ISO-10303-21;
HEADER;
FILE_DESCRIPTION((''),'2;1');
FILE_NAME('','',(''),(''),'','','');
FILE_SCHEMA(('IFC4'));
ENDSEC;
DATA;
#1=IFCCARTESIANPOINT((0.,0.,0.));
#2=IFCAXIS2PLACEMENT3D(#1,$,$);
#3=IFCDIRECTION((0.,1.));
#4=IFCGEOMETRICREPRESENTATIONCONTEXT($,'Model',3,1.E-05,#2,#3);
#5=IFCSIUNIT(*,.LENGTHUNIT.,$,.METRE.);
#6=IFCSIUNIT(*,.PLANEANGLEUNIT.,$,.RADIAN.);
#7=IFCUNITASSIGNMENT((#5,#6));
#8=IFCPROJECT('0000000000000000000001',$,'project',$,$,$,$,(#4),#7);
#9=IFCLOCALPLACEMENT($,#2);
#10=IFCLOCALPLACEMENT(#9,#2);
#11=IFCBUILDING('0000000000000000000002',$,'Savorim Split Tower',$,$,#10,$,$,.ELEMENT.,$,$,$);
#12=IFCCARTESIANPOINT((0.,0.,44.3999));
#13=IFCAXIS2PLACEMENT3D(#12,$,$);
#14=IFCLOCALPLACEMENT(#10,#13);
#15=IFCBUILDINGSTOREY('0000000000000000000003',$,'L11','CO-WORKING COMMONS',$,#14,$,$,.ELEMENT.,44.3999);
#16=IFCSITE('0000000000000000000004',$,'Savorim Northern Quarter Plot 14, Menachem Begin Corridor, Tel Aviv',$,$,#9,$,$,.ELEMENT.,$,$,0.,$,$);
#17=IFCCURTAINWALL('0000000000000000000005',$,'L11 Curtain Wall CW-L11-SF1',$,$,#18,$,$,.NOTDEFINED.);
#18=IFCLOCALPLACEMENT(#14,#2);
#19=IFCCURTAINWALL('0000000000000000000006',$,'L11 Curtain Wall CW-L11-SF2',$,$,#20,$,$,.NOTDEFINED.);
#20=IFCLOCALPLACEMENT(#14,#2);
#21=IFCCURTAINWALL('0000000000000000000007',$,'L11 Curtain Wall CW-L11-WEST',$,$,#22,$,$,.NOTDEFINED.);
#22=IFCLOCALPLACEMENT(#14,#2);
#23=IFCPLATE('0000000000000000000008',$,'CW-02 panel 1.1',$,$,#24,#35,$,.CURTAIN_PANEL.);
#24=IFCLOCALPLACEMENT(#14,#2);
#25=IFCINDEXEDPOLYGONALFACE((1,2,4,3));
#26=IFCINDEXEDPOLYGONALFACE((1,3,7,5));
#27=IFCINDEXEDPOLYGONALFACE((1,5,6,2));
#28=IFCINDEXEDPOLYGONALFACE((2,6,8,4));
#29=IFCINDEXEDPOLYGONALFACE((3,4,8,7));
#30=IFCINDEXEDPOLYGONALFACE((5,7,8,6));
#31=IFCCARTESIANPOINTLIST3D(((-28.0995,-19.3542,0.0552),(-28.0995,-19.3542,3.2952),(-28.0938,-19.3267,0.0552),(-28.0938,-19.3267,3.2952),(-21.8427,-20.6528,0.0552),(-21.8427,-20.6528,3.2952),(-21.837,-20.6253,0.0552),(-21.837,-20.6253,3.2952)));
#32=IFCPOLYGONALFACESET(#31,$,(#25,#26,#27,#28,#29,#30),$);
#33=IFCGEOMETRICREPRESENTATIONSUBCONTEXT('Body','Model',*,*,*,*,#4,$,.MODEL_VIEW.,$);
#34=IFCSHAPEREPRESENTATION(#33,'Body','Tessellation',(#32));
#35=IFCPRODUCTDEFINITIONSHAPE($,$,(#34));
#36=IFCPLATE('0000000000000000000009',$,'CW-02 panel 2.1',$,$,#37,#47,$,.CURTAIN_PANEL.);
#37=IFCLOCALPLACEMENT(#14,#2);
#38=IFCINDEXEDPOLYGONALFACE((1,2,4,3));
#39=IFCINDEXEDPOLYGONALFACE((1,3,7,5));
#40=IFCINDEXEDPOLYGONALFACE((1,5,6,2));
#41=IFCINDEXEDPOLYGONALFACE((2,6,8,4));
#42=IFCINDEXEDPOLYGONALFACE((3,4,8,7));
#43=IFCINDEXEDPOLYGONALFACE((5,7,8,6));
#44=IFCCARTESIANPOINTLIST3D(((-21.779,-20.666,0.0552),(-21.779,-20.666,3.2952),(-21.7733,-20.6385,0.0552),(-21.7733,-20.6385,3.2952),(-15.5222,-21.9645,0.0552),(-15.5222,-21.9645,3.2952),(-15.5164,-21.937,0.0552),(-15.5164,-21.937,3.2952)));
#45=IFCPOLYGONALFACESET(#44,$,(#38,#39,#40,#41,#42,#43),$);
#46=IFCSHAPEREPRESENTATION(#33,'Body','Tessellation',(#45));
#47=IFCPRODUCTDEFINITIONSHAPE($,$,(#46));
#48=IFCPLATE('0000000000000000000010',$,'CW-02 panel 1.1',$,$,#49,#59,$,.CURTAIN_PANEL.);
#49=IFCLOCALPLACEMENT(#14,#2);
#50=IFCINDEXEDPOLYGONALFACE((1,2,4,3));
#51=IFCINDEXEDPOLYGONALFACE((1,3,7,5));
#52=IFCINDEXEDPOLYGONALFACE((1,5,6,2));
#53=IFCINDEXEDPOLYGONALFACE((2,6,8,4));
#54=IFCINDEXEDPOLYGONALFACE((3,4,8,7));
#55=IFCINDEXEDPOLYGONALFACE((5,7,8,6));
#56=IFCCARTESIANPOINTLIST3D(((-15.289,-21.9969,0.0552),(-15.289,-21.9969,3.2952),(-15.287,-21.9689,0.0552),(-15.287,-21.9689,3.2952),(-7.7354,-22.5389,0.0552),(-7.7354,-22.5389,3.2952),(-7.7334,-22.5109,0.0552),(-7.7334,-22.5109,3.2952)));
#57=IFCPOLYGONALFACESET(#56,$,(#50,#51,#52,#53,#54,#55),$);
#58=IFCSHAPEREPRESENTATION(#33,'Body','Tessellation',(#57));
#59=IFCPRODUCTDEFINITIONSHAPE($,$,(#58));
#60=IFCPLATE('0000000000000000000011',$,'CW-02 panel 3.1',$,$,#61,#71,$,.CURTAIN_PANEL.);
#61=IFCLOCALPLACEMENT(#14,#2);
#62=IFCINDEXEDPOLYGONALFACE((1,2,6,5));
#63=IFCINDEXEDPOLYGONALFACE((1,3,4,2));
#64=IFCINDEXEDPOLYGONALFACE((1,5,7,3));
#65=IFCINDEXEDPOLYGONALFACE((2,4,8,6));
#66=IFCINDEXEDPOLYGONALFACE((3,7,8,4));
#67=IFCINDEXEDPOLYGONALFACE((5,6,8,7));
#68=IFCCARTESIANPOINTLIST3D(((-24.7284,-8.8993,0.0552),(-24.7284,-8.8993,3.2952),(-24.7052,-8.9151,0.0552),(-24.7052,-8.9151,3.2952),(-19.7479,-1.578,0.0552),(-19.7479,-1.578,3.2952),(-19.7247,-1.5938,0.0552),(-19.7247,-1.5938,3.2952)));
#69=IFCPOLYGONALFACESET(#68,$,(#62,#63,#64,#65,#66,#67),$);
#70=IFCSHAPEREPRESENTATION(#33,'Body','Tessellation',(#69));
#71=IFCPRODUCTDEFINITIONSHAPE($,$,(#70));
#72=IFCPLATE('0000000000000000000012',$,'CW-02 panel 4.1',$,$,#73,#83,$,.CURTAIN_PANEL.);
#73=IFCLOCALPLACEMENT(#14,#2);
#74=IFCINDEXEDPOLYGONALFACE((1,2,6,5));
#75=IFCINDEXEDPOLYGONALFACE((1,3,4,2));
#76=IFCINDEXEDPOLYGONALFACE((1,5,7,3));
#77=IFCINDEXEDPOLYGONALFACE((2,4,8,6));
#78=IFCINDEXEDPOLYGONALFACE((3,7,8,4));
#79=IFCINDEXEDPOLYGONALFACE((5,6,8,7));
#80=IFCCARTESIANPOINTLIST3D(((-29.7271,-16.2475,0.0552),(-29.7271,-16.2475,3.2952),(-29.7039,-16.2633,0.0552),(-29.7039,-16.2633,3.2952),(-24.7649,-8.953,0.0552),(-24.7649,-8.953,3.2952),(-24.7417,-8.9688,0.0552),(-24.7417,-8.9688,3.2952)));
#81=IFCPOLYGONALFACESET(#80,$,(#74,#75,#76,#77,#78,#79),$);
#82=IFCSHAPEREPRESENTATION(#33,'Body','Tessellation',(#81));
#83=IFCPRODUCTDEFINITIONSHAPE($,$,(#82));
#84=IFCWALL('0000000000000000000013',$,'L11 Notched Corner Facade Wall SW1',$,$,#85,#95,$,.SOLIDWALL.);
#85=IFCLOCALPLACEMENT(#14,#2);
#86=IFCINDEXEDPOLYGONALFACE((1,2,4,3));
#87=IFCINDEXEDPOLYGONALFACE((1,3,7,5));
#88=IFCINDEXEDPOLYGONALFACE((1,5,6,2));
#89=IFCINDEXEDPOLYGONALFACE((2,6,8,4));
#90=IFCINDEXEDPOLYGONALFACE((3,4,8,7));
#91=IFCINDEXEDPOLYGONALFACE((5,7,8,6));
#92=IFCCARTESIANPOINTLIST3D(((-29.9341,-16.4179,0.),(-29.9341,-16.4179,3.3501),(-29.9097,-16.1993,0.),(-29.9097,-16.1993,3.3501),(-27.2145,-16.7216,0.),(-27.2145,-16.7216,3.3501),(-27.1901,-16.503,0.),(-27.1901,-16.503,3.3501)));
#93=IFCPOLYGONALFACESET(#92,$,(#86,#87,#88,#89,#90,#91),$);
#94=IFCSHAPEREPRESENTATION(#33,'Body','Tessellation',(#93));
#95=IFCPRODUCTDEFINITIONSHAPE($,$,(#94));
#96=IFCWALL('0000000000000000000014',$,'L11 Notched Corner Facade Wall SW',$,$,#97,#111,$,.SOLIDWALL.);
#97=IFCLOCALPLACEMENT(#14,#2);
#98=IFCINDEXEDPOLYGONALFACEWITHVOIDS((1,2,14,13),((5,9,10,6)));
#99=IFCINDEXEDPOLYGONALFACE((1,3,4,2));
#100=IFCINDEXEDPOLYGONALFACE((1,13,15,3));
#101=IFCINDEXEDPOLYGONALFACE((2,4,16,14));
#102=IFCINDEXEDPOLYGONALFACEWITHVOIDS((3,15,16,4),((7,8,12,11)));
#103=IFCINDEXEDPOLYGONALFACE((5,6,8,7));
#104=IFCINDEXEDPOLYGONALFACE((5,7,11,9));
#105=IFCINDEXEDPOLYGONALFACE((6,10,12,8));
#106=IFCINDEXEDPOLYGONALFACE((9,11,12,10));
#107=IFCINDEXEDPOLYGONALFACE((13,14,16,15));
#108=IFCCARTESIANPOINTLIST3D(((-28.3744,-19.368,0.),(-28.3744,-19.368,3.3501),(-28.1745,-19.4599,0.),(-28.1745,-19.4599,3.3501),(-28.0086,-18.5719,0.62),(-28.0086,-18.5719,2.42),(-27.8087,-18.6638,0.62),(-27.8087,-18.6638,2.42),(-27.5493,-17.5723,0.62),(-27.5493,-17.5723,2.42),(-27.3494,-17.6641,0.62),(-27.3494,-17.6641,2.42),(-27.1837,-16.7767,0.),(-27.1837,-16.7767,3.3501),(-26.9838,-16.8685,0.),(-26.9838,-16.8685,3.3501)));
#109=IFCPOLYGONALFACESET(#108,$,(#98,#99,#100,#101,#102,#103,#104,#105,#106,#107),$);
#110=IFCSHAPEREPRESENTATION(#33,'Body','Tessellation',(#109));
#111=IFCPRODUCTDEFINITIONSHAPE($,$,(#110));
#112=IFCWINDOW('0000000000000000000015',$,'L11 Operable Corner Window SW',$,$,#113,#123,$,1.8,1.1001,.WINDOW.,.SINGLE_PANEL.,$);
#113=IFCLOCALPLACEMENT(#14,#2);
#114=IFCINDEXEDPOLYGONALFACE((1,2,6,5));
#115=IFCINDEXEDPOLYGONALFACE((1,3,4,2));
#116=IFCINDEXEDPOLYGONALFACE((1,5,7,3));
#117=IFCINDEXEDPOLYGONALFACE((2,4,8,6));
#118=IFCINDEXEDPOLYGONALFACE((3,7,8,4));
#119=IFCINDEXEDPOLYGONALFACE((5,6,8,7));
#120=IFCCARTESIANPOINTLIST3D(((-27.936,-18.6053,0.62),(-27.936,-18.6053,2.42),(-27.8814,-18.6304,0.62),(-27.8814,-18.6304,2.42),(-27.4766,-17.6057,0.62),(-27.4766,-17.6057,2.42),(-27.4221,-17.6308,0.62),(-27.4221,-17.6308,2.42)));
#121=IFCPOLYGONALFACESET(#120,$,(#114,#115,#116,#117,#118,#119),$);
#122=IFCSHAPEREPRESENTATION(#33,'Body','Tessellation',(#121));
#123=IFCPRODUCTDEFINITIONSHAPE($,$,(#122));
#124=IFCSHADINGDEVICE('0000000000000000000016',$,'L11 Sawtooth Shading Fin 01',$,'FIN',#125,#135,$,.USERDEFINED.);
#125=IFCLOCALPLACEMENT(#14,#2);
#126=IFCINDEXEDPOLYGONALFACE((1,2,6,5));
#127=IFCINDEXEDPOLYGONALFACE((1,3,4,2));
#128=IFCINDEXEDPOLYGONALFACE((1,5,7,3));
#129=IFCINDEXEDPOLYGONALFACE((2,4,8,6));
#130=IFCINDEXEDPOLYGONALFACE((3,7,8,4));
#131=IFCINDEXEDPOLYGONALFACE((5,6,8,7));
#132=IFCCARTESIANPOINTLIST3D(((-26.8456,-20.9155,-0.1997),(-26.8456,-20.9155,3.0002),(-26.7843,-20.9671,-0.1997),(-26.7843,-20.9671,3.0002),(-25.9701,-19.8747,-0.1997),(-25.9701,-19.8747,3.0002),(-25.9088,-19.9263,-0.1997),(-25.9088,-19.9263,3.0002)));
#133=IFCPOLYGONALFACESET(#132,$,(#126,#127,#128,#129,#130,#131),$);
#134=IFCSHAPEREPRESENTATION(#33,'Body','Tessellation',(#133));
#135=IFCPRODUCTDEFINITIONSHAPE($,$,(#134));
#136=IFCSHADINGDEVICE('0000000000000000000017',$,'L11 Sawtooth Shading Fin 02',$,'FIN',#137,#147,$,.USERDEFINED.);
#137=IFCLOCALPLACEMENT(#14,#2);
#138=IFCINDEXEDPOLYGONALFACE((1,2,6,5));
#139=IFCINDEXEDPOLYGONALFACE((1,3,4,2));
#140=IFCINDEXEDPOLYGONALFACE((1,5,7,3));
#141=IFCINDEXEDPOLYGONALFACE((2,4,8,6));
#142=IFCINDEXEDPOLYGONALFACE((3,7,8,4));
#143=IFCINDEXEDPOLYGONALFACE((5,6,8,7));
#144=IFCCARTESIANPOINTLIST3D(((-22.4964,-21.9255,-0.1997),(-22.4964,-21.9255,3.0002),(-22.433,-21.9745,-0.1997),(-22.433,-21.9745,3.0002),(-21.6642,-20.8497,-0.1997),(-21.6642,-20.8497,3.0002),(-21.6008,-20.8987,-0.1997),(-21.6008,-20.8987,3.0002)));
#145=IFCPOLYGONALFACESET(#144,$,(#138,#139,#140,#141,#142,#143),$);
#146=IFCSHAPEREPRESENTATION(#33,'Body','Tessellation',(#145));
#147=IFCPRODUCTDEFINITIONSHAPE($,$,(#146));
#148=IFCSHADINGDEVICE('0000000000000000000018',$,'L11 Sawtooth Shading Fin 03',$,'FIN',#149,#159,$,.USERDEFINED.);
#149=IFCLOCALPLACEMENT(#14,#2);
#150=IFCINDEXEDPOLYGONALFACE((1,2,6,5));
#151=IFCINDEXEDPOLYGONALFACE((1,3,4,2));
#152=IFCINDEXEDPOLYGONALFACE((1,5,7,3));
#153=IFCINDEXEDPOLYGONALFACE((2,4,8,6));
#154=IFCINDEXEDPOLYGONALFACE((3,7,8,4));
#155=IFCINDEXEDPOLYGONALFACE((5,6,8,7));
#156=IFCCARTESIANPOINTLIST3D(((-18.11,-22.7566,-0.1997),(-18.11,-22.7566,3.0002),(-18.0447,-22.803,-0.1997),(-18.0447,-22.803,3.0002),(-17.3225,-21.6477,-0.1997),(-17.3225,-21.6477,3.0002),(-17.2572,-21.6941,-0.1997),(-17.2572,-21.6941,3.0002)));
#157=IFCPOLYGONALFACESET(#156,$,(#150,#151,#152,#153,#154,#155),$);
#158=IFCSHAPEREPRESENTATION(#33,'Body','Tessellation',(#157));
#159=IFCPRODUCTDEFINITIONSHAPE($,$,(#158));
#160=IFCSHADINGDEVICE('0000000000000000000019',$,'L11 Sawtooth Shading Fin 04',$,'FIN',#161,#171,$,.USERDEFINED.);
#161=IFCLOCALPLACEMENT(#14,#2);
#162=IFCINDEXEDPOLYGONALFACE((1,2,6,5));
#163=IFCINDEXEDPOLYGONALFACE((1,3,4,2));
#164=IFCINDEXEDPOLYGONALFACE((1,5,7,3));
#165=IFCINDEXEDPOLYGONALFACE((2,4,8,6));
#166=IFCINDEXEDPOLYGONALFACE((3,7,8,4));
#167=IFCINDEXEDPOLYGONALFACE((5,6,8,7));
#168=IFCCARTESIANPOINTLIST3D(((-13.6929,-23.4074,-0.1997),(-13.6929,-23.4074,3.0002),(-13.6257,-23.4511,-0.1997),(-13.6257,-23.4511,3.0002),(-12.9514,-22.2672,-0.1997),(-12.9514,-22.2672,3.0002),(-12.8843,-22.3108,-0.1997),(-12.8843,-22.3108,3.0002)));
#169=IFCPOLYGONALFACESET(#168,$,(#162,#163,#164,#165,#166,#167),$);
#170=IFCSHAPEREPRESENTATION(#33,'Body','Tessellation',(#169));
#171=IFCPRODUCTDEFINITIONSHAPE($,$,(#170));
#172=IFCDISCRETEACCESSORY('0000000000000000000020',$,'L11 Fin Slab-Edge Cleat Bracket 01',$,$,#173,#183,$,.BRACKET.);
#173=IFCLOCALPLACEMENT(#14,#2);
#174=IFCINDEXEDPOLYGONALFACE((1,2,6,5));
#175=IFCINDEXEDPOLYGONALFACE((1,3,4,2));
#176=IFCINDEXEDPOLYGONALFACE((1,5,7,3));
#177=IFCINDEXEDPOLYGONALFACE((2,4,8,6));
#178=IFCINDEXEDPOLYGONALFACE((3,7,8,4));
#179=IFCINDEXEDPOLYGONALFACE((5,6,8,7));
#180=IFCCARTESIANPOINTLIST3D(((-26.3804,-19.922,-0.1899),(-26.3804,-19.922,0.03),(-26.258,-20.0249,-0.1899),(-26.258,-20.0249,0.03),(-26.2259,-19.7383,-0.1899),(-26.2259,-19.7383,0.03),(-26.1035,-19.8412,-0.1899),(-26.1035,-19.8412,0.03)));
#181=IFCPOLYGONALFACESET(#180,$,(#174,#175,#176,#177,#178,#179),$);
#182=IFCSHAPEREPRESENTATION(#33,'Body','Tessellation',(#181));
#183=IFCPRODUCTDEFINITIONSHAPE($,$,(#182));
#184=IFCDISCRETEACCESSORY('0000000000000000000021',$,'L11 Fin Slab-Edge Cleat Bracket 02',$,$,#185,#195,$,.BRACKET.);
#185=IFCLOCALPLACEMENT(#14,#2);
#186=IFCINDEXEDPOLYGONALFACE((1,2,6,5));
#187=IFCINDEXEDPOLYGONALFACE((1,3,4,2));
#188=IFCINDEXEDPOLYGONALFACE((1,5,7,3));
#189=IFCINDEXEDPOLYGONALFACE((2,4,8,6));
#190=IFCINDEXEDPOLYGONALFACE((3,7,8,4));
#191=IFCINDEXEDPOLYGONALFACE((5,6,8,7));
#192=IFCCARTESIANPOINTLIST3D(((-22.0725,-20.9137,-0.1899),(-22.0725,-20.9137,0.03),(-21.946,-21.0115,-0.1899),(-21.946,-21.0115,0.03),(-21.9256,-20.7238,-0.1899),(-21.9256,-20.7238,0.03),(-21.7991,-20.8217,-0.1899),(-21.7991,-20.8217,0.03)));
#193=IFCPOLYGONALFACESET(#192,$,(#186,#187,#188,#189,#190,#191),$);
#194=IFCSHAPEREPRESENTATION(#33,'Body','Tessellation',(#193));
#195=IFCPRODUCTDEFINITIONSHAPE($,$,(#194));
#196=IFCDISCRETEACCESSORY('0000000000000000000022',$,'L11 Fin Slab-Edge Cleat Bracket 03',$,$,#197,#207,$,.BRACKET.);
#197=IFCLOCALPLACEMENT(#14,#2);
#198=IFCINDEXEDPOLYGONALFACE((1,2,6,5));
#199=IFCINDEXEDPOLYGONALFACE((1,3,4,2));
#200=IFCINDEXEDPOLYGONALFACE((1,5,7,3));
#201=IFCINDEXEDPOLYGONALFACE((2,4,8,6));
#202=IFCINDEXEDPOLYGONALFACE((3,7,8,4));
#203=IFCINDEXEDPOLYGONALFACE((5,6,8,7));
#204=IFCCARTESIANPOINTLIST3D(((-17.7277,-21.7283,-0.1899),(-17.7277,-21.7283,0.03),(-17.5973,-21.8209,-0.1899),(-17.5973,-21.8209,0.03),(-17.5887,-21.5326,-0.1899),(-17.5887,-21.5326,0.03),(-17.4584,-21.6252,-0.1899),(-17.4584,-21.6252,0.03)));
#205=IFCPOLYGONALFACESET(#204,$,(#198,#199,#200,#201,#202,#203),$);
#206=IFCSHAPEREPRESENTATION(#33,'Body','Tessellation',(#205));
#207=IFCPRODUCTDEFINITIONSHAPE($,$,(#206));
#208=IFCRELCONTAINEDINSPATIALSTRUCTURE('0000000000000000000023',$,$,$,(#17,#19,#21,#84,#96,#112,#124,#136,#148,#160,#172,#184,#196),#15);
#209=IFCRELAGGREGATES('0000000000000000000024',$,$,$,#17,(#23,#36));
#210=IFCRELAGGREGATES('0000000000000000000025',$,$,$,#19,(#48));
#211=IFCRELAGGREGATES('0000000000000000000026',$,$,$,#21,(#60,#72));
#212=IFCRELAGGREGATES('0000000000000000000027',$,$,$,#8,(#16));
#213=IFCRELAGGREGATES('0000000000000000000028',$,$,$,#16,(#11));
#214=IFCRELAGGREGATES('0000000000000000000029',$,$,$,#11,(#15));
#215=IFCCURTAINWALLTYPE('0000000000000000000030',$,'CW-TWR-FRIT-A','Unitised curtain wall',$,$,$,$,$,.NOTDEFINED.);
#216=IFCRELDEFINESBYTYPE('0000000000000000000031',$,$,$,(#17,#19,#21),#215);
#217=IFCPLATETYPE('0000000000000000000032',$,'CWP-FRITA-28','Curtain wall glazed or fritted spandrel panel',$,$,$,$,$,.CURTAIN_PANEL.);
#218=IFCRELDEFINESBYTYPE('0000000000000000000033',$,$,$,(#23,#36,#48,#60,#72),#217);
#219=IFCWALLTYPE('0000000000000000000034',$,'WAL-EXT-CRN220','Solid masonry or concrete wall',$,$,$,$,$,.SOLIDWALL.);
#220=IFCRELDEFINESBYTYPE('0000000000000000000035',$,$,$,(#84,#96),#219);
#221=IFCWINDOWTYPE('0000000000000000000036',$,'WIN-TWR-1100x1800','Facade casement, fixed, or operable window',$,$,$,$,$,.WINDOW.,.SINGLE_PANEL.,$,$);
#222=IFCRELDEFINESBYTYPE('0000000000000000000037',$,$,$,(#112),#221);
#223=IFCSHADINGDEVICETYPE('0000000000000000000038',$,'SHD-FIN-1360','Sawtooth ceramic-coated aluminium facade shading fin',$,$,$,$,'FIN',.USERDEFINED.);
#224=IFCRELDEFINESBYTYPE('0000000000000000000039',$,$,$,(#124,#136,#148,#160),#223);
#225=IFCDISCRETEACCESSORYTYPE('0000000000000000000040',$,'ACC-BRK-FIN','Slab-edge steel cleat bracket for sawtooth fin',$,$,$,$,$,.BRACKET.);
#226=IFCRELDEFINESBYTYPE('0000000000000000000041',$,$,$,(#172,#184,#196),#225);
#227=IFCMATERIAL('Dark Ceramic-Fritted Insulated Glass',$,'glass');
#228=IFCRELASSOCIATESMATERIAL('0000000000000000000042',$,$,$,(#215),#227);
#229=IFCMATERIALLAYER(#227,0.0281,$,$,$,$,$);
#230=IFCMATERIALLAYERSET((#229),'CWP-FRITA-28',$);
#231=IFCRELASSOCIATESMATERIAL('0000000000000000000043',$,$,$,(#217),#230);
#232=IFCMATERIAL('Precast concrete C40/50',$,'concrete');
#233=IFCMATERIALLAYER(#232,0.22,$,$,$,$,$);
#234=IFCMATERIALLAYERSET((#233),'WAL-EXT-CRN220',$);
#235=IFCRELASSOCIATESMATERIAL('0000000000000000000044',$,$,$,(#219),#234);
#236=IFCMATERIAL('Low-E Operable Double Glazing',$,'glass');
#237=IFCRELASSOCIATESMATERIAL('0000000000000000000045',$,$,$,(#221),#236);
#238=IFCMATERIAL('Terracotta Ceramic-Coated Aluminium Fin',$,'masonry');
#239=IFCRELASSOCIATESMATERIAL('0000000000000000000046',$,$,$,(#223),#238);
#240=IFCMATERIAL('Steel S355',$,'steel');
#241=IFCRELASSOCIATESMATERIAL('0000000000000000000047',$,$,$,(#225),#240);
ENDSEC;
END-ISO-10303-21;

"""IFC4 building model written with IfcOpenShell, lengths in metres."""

from ifc_helpers import new_model, si_unit, direction, frame, frame_2d, origin, origin_2d, place, context, subcontext, project, spatial, rectangle, extrude, material, layer, layer_set, type_object, element, fill, aggregate, save


model = new_model("IFC4")

# Units and contexts
model_context = context("Model", 3, precision=1e-05, world=origin(), true_north=direction((0.0, 1.0)))
body_context = subcontext(model_context, "Body", "Model", "MODEL_VIEW")
ifc_project = project(units=[si_unit("LENGTHUNIT", "METRE"), si_unit("PLANEANGLEUNIT", "RADIAN")], contexts=[model_context])

# Site, building, storey
site_placement = place(None, origin())
site = spatial("IfcSite", under=ifc_project, at=site_placement, Name="Savorim Northern Quarter Plot 14, Menachem Begin Corridor, Tel Aviv", CompositionType="ELEMENT", RefElevation=0.0)
building_placement = place(site_placement, origin())
building = spatial("IfcBuilding", under=site, at=building_placement, Name="Savorim Split Tower", CompositionType="ELEMENT")
storey_placement = place(building_placement, frame((0.0, 0.0, 44.3999)))
storey = spatial("IfcBuildingStorey", under=building, at=storey_placement, Name="L11", Description="CO-WORKING COMMONS", CompositionType="ELEMENT", Elevation=44.3999)

# Shared definitions
ifc_material_1 = material(Name="Steel S355", Category="steel")

# Curtain wall
ifc_material_2 = material(Name="Dark Ceramic-Fritted Insulated Glass", Category="glass")
curtain_wall_type = type_object("IfcCurtainWallType", Name="CW-TWR-FRIT-A", Description="Unitised curtain wall", PredefinedType="NOTDEFINED", material=ifc_material_2)
curtain_wall_1_placement = place(storey_placement, origin())
curtain_wall_1 = element("IfcCurtainWall", 1, at=curtain_wall_1_placement, inside=storey, type_object=curtain_wall_type, Name="L11 Curtain Wall CW-L11-SF1", PredefinedType="NOTDEFINED")

# Curtain wall
curtain_wall_2_placement = place(storey_placement, origin())
curtain_wall_2 = element("IfcCurtainWall", 2, at=curtain_wall_2_placement, inside=storey, type_object=curtain_wall_type, Name="L11 Curtain Wall CW-L11-SF2", PredefinedType="NOTDEFINED")

# Curtain wall
curtain_wall_3_placement = place(storey_placement, origin())
curtain_wall_3 = element("IfcCurtainWall", 3, at=curtain_wall_3_placement, inside=storey, type_object=curtain_wall_type, Name="L11 Curtain Wall CW-L11-WEST", PredefinedType="NOTDEFINED")

# Plates
ifc_layer_1 = layer(ifc_material_2, 0.0281)
ifc_layer_set_1 = layer_set([ifc_layer_1], Name="CWP-FRITA-28")
plate_type = type_object("IfcPlateType", Name="CWP-FRITA-28", Description="Curtain wall glazed or fritted spandrel panel", PredefinedType="CURTAIN_PANEL", material=ifc_layer_set_1)
plate_1_placement = place(storey_placement, frame((-24.9683, -19.9897, 0.0552), z_axis=(0.0, 0.0, 1.0), x_axis=(0.979135, -0.20321, 0.0)))
plate_1 = element("IfcPlate", 4, at=plate_1_placement, type_object=plate_type, Name="CW-02 panel 1.1", PredefinedType="CURTAIN_PANEL", context=body_context, shape_type="SweptSolid", body=[
    extrude(rectangle(XDim=6.3901, YDim=0.0281, at=origin_2d()), origin(), (0.0, 0.0, 1.0), 3.24),
])
plate_2_placement = place(storey_placement, frame((-18.6477, -21.3015, 0.0552), z_axis=(0.0, 0.0, 1.0), x_axis=(0.979135, -0.20321, 0.0)))
plate_2 = element("IfcPlate", 5, at=plate_2_placement, type_object=plate_type, Name="CW-02 panel 2.1", PredefinedType="CURTAIN_PANEL", context=body_context, shape_type="SweptSolid", body=[
    extrude(rectangle(XDim=6.3901, YDim=0.0281, at=origin_2d()), origin(), (0.0, 0.0, 1.0), 3.24),
])
aggregate(curtain_wall_1, [plate_1, plate_2])
plate_3_placement = place(storey_placement, frame((-11.5112, -22.2539, 0.0552), z_axis=(0.0, 0.0, 1.0), x_axis=(0.997436, -0.07156, 0.0)))
plate_3 = element("IfcPlate", 6, at=plate_3_placement, type_object=plate_type, Name="CW-02 panel 1.1", PredefinedType="CURTAIN_PANEL", context=body_context, shape_type="SweptSolid", body=[
    extrude(rectangle(XDim=7.573, YDim=0.0281, at=origin_2d()), origin(), (0.0, 0.0, 1.0), 3.24),
])
aggregate(curtain_wall_2, [plate_3])
plate_4_placement = place(storey_placement, frame((-22.2266, -5.2466, 0.0552), z_axis=(0.0, 0.0, 1.0), x_axis=(-0.562465, -0.826821, 0.0)))
plate_4 = element("IfcPlate", 7, at=plate_4_placement, type_object=plate_type, Name="CW-02 panel 3.1", PredefinedType="CURTAIN_PANEL", context=body_context, shape_type="SweptSolid", body=[
    extrude(rectangle(XDim=8.8547, YDim=0.0281, at=origin_2d()), origin(), (0.0, 0.0, 1.0), 3.24),
])
plate_5_placement = place(storey_placement, frame((-27.2344, -12.6082, 0.0552), z_axis=(0.0, 0.0, 1.0), x_axis=(-0.562465, -0.826821, 0.0)))
plate_5 = element("IfcPlate", 8, at=plate_5_placement, type_object=plate_type, Name="CW-02 panel 4.1", PredefinedType="CURTAIN_PANEL", context=body_context, shape_type="SweptSolid", body=[
    extrude(rectangle(XDim=8.8223, YDim=0.0281, at=origin_2d()), origin(), (0.0, 0.0, 1.0), 3.24),
])
aggregate(curtain_wall_3, [plate_4, plate_5])

# Wall
ifc_material_3 = material(Name="Precast concrete C40/50", Category="concrete")
ifc_layer_2 = layer(ifc_material_3, 0.22)
ifc_layer_set_2 = layer_set([ifc_layer_2], Name="WAL-EXT-CRN220")
wall_type = type_object("IfcWallType", Name="WAL-EXT-CRN220", Description="Solid masonry or concrete wall", PredefinedType="SOLIDWALL", material=ifc_layer_set_2)
wall_1_placement = place(storey_placement, frame((-27.2024, -16.6123, 0.0), z_axis=(0.0, 0.0, 1.0), x_axis=(-0.993823, 0.11098, 0.0)))
element("IfcWall", 9, at=wall_1_placement, inside=storey, type_object=wall_type, Name="L11 Notched Corner Facade Wall SW1", PredefinedType="SOLIDWALL", context=body_context, shape_type="SweptSolid", body=[
    extrude(rectangle(XDim=2.7366, YDim=0.22, at=frame_2d((1.3682, 0.0))), origin(), (0.0, 0.0, 1.0), 3.3501),
])

# Wall, opening, window
wall_2_placement = place(storey_placement, frame((-28.2744, -19.4138, 0.0), z_axis=(0.0, 0.0, 1.0), x_axis=(0.417521, 0.908667, 0.0)))
wall_2 = element("IfcWall", 10, at=wall_2_placement, inside=storey, type_object=wall_type, Name="L11 Notched Corner Facade Wall SW", PredefinedType="SOLIDWALL", context=body_context, shape_type="SweptSolid", body=[
    extrude(rectangle(XDim=2.8518, YDim=0.22, at=frame_2d((1.4258, 0.0))), origin(), (0.0, 0.0, 1.0), 3.3501),
])
opening_placement = place(wall_2_placement, frame((0.876, 0.0, 0.6201)))
opening = element("IfcOpeningElement", 11, at=opening_placement, cuts=wall_2, PredefinedType="OPENING", context=body_context, shape_type="SweptSolid", body=[
    extrude(rectangle(XDim=1.1001, YDim=1.8, at=frame_2d((0.55, 0.8999))), frame((0.0, 0.1199, 0.0), z_axis=(0.0, -1.0, 0.0), x_axis=(1.0, 0.0, 0.0)), (0.0, 0.0, 1.0), 0.24),
])
ifc_material_4 = material(Name="Low-E Operable Double Glazing", Category="glass")
window_type = type_object("IfcWindowType", Name="WIN-TWR-1100x1800", Description="Facade casement, fixed, or operable window", PartitioningType="SINGLE_PANEL", PredefinedType="WINDOW", material=ifc_material_4)
window_placement = place(opening_placement, origin())
window = element("IfcWindow", 12, at=window_placement, inside=storey, type_object=window_type, Name="L11 Operable Corner Window SW", OverallHeight=1.8, OverallWidth=1.1001, PartitioningType="SINGLE_PANEL", PredefinedType="WINDOW", context=body_context, shape_type="SweptSolid", body=[
    extrude(rectangle(XDim=1.1001, YDim=1.8, at=frame_2d((0.55, 0.8999))), frame((0.0, 0.03, 0.0), z_axis=(0.0, -1.0, 0.0), x_axis=(1.0, 0.0, 0.0)), (0.0, 0.0, 1.0), 0.0601),
])
fill(opening, window)

# Shading devices
ifc_material_5 = material(Name="Terracotta Ceramic-Coated Aluminium Fin", Category="masonry")
shading_device_type = type_object("IfcShadingDeviceType", Name="SHD-FIN-1360", Description="Sawtooth ceramic-coated aluminium facade shading fin", ElementType="FIN", PredefinedType="USERDEFINED", material=ifc_material_5)
for number, where, z_axis, x_axis, name in (
    (13, (-26.3772, -20.4209, -0.1997), (0.0, 0.0, 1.0), (-0.643719, -0.765262, 0.0), "L11 Sawtooth Shading Fin 01"),
    (14, (-22.0486, -21.4121, -0.1997), (0.0, 0.0, 1.0), (-0.611868, -0.79096, 0.0), "L11 Sawtooth Shading Fin 02"),
    (15, (-17.6836, -22.2253, -0.1997), (0.0, 0.0, 1.0), (-0.578994, -0.815332, 0.0), "L11 Sawtooth Shading Fin 03"),
    (16, (-13.2886, -22.8591, -0.1997), (0.0, 0.0, 1.0), (-0.545148, -0.83834, 0.0), "L11 Sawtooth Shading Fin 04"),
):
    element("IfcShadingDevice", number, at=place(storey_placement, frame(where, z_axis=z_axis, x_axis=x_axis)), inside=storey, type_object=shading_device_type, Name=name, ObjectType="FIN", PredefinedType="USERDEFINED", context=body_context, shape_type="SweptSolid", body=[
        extrude(rectangle(XDim=1.3601, YDim=0.0801, at=origin_2d()), origin(), (0.0, 0.0, 1.0), 3.2),
    ])

# Discrete accessories
discrete_accessory_type = type_object("IfcDiscreteAccessoryType", Name="ACC-BRK-FIN", Description="Slab-edge steel cleat bracket for sawtooth fin", PredefinedType="BRACKET", material=ifc_material_1)
for number, where, z_axis, x_axis, name in (
    (17, (-26.2419, -19.8816, -0.1899), (0.0, 0.0, 1.0), (-0.643719, -0.765262, 0.0), "L11 Fin Slab-Edge Cleat Bracket 01"),
    (18, (-21.9358, -20.8677, -0.1899), (0.0, 0.0, 1.0), (-0.611868, -0.79096, 0.0), "L11 Fin Slab-Edge Cleat Bracket 02"),
    (19, (-17.593, -21.6768, -0.1899), (0.0, 0.0, 1.0), (-0.578994, -0.815332, 0.0), "L11 Fin Slab-Edge Cleat Bracket 03"),
):
    element("IfcDiscreteAccessory", number, at=place(storey_placement, frame(where, z_axis=z_axis, x_axis=x_axis)), inside=storey, type_object=discrete_accessory_type, Name=name, PredefinedType="BRACKET", context=body_context, shape_type="SweptSolid", body=[
        extrude(rectangle(XDim=0.24, YDim=0.1599, at=origin_2d()), origin(), (0.0, 0.0, 1.0), 0.22),
    ])

save(model, "model.ifc")
